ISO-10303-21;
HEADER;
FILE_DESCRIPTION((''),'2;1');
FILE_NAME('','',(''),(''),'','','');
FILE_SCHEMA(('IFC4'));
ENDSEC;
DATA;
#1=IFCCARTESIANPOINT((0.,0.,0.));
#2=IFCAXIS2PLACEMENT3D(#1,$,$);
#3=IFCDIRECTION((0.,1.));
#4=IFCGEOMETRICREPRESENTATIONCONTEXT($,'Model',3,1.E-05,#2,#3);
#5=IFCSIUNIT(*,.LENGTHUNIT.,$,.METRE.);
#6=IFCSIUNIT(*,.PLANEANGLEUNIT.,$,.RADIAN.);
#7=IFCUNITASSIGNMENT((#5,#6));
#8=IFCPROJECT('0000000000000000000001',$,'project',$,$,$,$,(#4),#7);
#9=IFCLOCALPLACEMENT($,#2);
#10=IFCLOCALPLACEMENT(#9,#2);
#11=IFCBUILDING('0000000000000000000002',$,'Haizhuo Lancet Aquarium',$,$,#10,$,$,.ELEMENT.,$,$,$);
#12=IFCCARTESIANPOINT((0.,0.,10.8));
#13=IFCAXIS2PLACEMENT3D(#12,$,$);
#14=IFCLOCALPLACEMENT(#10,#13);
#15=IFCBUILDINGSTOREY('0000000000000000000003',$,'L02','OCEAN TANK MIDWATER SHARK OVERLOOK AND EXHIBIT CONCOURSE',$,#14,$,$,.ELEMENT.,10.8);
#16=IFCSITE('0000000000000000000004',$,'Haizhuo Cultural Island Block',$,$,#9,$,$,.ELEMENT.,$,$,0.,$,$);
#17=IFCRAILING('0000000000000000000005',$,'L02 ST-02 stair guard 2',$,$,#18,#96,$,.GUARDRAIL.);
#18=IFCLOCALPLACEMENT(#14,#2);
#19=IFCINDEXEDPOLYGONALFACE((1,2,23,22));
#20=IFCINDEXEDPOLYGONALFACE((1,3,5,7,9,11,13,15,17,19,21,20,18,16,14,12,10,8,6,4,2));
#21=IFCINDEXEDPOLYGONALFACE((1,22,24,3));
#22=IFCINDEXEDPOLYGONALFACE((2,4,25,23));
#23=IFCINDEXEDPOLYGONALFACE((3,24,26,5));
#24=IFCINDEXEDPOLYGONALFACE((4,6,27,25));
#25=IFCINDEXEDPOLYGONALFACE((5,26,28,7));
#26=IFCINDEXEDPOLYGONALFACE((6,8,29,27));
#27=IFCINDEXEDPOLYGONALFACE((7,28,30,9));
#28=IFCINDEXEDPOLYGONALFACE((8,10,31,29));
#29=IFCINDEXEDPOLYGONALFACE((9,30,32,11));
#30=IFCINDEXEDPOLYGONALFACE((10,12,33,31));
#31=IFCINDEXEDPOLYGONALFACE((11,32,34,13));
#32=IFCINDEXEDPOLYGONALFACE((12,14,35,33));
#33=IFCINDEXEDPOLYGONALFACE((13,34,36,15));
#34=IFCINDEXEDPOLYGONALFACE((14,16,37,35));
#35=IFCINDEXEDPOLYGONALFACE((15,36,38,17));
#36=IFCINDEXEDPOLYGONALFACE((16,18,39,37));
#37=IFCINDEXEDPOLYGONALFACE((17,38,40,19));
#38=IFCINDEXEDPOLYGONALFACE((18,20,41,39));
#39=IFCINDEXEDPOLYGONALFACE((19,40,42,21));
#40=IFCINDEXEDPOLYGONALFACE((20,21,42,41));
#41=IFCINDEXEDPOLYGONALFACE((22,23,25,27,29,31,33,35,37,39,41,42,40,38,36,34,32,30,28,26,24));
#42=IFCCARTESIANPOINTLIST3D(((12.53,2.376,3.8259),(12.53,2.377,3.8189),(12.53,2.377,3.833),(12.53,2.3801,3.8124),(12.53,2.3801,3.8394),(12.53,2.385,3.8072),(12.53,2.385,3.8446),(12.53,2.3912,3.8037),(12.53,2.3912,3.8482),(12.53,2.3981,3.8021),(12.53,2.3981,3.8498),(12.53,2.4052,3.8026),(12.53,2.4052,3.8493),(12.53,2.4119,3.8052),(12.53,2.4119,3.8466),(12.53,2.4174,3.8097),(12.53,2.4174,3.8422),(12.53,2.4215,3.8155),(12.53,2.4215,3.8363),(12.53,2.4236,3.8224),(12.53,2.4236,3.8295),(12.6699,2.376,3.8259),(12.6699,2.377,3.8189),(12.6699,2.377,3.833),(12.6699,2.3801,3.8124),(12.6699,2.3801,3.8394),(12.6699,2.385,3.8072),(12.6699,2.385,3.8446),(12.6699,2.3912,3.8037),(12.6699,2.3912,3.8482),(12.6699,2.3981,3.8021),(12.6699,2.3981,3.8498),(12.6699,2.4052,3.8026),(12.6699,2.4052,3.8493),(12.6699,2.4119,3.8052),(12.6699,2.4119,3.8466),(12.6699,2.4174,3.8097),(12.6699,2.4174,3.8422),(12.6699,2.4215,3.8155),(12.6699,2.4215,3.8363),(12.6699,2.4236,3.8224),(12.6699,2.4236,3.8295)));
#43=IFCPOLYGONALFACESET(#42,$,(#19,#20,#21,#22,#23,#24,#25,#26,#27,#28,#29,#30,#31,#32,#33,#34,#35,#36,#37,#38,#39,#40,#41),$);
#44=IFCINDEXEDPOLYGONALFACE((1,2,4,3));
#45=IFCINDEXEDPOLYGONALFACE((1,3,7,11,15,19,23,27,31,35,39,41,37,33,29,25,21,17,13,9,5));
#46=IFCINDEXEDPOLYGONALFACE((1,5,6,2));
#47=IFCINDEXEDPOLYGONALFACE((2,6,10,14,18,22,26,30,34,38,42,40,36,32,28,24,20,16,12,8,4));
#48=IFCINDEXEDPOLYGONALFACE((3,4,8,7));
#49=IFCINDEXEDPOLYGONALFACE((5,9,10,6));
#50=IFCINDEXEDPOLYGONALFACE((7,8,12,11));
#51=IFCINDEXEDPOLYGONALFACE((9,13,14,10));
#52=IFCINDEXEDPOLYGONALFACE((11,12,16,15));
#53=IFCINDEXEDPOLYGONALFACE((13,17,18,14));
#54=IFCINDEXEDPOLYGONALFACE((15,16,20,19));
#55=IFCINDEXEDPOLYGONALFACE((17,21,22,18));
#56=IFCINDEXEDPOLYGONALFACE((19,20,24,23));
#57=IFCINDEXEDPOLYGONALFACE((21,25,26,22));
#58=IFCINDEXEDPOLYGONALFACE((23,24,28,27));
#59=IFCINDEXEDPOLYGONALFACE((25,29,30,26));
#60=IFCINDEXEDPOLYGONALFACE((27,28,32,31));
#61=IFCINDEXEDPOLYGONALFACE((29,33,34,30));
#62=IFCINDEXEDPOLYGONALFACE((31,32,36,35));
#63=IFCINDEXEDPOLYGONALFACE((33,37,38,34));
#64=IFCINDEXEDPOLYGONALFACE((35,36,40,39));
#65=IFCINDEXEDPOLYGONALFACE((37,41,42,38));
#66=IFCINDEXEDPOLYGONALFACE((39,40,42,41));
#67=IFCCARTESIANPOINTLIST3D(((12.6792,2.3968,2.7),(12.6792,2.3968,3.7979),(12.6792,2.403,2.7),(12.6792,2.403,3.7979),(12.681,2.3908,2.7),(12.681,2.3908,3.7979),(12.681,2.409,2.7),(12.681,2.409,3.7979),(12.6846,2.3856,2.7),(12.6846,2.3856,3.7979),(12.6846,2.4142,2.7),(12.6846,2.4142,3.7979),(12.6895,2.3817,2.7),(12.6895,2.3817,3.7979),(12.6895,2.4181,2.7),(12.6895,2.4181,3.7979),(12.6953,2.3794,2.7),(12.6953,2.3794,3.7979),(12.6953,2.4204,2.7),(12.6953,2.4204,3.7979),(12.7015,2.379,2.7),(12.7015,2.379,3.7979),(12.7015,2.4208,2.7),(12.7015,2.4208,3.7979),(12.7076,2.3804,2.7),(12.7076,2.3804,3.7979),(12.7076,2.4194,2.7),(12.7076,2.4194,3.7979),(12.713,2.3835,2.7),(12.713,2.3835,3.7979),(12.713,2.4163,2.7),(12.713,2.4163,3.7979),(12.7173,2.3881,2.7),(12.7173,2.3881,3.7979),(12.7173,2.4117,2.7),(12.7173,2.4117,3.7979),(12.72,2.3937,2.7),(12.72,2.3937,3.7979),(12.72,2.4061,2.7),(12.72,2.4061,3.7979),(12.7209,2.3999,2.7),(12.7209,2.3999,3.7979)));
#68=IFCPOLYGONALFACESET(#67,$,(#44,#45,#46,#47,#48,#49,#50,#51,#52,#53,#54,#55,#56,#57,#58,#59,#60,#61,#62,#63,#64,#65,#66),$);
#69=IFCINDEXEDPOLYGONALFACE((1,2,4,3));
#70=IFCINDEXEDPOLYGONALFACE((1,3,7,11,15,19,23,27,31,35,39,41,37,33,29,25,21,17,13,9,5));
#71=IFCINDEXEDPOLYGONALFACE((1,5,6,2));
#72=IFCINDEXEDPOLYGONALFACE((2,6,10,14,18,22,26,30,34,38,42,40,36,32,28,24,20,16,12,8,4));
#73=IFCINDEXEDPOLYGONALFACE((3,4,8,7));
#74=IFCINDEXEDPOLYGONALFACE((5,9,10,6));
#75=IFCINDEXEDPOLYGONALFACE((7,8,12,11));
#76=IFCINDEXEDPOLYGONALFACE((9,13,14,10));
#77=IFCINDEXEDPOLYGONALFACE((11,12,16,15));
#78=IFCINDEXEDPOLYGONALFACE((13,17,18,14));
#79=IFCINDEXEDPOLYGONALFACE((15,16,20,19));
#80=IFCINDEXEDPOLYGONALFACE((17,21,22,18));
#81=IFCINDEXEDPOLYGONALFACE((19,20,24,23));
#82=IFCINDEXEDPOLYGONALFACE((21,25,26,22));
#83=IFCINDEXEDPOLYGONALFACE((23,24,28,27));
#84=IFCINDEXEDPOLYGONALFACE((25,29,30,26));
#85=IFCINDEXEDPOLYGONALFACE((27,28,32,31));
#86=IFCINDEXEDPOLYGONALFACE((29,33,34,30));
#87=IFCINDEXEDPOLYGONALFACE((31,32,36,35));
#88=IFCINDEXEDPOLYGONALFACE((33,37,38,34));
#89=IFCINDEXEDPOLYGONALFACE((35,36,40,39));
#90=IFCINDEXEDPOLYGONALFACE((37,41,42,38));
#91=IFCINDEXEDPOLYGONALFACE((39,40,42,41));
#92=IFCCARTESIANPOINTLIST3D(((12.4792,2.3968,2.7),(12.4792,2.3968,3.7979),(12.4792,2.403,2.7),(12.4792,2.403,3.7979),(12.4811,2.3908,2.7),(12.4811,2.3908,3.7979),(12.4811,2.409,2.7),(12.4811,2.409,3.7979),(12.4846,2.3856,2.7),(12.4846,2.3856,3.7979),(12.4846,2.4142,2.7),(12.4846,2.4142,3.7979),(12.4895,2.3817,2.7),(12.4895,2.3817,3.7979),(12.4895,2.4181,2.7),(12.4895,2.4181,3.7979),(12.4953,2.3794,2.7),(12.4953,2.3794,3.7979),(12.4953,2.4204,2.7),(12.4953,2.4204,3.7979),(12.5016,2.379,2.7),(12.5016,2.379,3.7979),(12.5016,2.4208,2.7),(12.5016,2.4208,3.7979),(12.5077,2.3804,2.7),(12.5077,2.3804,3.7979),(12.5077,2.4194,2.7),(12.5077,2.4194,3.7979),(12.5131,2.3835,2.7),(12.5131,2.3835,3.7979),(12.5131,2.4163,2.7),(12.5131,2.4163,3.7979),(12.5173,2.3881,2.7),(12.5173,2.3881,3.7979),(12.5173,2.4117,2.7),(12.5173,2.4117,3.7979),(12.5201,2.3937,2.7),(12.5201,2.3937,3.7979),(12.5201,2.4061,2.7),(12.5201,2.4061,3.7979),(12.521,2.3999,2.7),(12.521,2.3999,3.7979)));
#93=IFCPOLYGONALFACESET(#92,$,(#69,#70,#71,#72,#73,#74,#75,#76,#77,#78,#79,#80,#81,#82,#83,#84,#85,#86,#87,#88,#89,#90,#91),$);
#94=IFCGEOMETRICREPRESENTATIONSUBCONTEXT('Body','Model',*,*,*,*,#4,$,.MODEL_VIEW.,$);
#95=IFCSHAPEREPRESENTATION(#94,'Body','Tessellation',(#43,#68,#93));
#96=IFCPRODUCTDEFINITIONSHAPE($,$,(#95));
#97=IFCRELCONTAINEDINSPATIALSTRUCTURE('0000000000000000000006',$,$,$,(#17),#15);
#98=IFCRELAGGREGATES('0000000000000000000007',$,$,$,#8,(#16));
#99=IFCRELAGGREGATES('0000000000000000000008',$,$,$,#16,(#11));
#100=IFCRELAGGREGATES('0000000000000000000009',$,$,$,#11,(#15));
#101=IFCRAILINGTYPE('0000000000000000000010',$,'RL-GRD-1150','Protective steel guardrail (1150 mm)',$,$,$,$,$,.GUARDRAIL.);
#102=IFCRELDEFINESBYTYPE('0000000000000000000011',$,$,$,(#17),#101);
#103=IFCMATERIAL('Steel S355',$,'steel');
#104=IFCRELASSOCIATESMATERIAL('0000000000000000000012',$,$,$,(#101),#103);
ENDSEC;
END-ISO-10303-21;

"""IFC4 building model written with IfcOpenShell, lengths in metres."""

from ifc_helpers import new_model, si_unit, direction, frame, origin, origin_2d, place, context, subcontext, project, spatial, circle, extrude, material, type_object, element, save


model = new_model("IFC4")

# Units and contexts
model_context = context("Model", 3, precision=1e-05, world=origin(), true_north=direction((0.0, 1.0)))
body_context = subcontext(model_context, "Body", "Model", "MODEL_VIEW")
ifc_project = project(units=[si_unit("LENGTHUNIT", "METRE"), si_unit("PLANEANGLEUNIT", "RADIAN")], contexts=[model_context])

# Site, building, storey
site_placement = place(None, origin())
site = spatial("IfcSite", under=ifc_project, at=site_placement, Name="Haizhuo Cultural Island Block", CompositionType="ELEMENT", RefElevation=0.0)
building_placement = place(site_placement, origin())
building = spatial("IfcBuilding", under=site, at=building_placement, Name="Haizhuo Lancet Aquarium", CompositionType="ELEMENT")
storey_placement = place(building_placement, frame((0.0, 0.0, 10.8)))
storey = spatial("IfcBuildingStorey", under=building, at=storey_placement, Name="L02", Description="OCEAN TANK MIDWATER SHARK OVERLOOK AND EXHIBIT CONCOURSE", CompositionType="ELEMENT", Elevation=10.8)

# Shared definitions
ifc_material_1 = material(Name="Steel S355", Category="steel")

# Railing
railing_type_1 = type_object("IfcRailingType", Name="RL-GRD-1150", Description="Protective steel guardrail (1150 mm)", PredefinedType="GUARDRAIL", material=ifc_material_1)
railing_1_placement = place(storey_placement, frame((12.7, 2.3999, 2.7)))
element("IfcRailing", 1, at=railing_1_placement, inside=storey, type_object=railing_type_1, Name="L02 ST-02 stair guard 2", PredefinedType="GUARDRAIL", context=body_context, shape_type="SweptSolid", body=[
    extrude(circle(Radius=0.0239, at=origin_2d()), frame((-0.03, 0.0, 1.126), z_axis=(-1.0, 0.0, 0.0), x_axis=(0.0, -1.0, 0.0)), (0.0, 0.0, 1.0), 0.1399),
    extrude(circle(Radius=0.021, at=origin_2d()), origin(), (0.0, 0.0, 1.0), 1.0979),
    extrude(circle(Radius=0.021, at=origin_2d()), frame((-0.2, 0.0, 0.0)), (0.0, 0.0, 1.0), 1.0979),
])

save(model, "model.ifc")
